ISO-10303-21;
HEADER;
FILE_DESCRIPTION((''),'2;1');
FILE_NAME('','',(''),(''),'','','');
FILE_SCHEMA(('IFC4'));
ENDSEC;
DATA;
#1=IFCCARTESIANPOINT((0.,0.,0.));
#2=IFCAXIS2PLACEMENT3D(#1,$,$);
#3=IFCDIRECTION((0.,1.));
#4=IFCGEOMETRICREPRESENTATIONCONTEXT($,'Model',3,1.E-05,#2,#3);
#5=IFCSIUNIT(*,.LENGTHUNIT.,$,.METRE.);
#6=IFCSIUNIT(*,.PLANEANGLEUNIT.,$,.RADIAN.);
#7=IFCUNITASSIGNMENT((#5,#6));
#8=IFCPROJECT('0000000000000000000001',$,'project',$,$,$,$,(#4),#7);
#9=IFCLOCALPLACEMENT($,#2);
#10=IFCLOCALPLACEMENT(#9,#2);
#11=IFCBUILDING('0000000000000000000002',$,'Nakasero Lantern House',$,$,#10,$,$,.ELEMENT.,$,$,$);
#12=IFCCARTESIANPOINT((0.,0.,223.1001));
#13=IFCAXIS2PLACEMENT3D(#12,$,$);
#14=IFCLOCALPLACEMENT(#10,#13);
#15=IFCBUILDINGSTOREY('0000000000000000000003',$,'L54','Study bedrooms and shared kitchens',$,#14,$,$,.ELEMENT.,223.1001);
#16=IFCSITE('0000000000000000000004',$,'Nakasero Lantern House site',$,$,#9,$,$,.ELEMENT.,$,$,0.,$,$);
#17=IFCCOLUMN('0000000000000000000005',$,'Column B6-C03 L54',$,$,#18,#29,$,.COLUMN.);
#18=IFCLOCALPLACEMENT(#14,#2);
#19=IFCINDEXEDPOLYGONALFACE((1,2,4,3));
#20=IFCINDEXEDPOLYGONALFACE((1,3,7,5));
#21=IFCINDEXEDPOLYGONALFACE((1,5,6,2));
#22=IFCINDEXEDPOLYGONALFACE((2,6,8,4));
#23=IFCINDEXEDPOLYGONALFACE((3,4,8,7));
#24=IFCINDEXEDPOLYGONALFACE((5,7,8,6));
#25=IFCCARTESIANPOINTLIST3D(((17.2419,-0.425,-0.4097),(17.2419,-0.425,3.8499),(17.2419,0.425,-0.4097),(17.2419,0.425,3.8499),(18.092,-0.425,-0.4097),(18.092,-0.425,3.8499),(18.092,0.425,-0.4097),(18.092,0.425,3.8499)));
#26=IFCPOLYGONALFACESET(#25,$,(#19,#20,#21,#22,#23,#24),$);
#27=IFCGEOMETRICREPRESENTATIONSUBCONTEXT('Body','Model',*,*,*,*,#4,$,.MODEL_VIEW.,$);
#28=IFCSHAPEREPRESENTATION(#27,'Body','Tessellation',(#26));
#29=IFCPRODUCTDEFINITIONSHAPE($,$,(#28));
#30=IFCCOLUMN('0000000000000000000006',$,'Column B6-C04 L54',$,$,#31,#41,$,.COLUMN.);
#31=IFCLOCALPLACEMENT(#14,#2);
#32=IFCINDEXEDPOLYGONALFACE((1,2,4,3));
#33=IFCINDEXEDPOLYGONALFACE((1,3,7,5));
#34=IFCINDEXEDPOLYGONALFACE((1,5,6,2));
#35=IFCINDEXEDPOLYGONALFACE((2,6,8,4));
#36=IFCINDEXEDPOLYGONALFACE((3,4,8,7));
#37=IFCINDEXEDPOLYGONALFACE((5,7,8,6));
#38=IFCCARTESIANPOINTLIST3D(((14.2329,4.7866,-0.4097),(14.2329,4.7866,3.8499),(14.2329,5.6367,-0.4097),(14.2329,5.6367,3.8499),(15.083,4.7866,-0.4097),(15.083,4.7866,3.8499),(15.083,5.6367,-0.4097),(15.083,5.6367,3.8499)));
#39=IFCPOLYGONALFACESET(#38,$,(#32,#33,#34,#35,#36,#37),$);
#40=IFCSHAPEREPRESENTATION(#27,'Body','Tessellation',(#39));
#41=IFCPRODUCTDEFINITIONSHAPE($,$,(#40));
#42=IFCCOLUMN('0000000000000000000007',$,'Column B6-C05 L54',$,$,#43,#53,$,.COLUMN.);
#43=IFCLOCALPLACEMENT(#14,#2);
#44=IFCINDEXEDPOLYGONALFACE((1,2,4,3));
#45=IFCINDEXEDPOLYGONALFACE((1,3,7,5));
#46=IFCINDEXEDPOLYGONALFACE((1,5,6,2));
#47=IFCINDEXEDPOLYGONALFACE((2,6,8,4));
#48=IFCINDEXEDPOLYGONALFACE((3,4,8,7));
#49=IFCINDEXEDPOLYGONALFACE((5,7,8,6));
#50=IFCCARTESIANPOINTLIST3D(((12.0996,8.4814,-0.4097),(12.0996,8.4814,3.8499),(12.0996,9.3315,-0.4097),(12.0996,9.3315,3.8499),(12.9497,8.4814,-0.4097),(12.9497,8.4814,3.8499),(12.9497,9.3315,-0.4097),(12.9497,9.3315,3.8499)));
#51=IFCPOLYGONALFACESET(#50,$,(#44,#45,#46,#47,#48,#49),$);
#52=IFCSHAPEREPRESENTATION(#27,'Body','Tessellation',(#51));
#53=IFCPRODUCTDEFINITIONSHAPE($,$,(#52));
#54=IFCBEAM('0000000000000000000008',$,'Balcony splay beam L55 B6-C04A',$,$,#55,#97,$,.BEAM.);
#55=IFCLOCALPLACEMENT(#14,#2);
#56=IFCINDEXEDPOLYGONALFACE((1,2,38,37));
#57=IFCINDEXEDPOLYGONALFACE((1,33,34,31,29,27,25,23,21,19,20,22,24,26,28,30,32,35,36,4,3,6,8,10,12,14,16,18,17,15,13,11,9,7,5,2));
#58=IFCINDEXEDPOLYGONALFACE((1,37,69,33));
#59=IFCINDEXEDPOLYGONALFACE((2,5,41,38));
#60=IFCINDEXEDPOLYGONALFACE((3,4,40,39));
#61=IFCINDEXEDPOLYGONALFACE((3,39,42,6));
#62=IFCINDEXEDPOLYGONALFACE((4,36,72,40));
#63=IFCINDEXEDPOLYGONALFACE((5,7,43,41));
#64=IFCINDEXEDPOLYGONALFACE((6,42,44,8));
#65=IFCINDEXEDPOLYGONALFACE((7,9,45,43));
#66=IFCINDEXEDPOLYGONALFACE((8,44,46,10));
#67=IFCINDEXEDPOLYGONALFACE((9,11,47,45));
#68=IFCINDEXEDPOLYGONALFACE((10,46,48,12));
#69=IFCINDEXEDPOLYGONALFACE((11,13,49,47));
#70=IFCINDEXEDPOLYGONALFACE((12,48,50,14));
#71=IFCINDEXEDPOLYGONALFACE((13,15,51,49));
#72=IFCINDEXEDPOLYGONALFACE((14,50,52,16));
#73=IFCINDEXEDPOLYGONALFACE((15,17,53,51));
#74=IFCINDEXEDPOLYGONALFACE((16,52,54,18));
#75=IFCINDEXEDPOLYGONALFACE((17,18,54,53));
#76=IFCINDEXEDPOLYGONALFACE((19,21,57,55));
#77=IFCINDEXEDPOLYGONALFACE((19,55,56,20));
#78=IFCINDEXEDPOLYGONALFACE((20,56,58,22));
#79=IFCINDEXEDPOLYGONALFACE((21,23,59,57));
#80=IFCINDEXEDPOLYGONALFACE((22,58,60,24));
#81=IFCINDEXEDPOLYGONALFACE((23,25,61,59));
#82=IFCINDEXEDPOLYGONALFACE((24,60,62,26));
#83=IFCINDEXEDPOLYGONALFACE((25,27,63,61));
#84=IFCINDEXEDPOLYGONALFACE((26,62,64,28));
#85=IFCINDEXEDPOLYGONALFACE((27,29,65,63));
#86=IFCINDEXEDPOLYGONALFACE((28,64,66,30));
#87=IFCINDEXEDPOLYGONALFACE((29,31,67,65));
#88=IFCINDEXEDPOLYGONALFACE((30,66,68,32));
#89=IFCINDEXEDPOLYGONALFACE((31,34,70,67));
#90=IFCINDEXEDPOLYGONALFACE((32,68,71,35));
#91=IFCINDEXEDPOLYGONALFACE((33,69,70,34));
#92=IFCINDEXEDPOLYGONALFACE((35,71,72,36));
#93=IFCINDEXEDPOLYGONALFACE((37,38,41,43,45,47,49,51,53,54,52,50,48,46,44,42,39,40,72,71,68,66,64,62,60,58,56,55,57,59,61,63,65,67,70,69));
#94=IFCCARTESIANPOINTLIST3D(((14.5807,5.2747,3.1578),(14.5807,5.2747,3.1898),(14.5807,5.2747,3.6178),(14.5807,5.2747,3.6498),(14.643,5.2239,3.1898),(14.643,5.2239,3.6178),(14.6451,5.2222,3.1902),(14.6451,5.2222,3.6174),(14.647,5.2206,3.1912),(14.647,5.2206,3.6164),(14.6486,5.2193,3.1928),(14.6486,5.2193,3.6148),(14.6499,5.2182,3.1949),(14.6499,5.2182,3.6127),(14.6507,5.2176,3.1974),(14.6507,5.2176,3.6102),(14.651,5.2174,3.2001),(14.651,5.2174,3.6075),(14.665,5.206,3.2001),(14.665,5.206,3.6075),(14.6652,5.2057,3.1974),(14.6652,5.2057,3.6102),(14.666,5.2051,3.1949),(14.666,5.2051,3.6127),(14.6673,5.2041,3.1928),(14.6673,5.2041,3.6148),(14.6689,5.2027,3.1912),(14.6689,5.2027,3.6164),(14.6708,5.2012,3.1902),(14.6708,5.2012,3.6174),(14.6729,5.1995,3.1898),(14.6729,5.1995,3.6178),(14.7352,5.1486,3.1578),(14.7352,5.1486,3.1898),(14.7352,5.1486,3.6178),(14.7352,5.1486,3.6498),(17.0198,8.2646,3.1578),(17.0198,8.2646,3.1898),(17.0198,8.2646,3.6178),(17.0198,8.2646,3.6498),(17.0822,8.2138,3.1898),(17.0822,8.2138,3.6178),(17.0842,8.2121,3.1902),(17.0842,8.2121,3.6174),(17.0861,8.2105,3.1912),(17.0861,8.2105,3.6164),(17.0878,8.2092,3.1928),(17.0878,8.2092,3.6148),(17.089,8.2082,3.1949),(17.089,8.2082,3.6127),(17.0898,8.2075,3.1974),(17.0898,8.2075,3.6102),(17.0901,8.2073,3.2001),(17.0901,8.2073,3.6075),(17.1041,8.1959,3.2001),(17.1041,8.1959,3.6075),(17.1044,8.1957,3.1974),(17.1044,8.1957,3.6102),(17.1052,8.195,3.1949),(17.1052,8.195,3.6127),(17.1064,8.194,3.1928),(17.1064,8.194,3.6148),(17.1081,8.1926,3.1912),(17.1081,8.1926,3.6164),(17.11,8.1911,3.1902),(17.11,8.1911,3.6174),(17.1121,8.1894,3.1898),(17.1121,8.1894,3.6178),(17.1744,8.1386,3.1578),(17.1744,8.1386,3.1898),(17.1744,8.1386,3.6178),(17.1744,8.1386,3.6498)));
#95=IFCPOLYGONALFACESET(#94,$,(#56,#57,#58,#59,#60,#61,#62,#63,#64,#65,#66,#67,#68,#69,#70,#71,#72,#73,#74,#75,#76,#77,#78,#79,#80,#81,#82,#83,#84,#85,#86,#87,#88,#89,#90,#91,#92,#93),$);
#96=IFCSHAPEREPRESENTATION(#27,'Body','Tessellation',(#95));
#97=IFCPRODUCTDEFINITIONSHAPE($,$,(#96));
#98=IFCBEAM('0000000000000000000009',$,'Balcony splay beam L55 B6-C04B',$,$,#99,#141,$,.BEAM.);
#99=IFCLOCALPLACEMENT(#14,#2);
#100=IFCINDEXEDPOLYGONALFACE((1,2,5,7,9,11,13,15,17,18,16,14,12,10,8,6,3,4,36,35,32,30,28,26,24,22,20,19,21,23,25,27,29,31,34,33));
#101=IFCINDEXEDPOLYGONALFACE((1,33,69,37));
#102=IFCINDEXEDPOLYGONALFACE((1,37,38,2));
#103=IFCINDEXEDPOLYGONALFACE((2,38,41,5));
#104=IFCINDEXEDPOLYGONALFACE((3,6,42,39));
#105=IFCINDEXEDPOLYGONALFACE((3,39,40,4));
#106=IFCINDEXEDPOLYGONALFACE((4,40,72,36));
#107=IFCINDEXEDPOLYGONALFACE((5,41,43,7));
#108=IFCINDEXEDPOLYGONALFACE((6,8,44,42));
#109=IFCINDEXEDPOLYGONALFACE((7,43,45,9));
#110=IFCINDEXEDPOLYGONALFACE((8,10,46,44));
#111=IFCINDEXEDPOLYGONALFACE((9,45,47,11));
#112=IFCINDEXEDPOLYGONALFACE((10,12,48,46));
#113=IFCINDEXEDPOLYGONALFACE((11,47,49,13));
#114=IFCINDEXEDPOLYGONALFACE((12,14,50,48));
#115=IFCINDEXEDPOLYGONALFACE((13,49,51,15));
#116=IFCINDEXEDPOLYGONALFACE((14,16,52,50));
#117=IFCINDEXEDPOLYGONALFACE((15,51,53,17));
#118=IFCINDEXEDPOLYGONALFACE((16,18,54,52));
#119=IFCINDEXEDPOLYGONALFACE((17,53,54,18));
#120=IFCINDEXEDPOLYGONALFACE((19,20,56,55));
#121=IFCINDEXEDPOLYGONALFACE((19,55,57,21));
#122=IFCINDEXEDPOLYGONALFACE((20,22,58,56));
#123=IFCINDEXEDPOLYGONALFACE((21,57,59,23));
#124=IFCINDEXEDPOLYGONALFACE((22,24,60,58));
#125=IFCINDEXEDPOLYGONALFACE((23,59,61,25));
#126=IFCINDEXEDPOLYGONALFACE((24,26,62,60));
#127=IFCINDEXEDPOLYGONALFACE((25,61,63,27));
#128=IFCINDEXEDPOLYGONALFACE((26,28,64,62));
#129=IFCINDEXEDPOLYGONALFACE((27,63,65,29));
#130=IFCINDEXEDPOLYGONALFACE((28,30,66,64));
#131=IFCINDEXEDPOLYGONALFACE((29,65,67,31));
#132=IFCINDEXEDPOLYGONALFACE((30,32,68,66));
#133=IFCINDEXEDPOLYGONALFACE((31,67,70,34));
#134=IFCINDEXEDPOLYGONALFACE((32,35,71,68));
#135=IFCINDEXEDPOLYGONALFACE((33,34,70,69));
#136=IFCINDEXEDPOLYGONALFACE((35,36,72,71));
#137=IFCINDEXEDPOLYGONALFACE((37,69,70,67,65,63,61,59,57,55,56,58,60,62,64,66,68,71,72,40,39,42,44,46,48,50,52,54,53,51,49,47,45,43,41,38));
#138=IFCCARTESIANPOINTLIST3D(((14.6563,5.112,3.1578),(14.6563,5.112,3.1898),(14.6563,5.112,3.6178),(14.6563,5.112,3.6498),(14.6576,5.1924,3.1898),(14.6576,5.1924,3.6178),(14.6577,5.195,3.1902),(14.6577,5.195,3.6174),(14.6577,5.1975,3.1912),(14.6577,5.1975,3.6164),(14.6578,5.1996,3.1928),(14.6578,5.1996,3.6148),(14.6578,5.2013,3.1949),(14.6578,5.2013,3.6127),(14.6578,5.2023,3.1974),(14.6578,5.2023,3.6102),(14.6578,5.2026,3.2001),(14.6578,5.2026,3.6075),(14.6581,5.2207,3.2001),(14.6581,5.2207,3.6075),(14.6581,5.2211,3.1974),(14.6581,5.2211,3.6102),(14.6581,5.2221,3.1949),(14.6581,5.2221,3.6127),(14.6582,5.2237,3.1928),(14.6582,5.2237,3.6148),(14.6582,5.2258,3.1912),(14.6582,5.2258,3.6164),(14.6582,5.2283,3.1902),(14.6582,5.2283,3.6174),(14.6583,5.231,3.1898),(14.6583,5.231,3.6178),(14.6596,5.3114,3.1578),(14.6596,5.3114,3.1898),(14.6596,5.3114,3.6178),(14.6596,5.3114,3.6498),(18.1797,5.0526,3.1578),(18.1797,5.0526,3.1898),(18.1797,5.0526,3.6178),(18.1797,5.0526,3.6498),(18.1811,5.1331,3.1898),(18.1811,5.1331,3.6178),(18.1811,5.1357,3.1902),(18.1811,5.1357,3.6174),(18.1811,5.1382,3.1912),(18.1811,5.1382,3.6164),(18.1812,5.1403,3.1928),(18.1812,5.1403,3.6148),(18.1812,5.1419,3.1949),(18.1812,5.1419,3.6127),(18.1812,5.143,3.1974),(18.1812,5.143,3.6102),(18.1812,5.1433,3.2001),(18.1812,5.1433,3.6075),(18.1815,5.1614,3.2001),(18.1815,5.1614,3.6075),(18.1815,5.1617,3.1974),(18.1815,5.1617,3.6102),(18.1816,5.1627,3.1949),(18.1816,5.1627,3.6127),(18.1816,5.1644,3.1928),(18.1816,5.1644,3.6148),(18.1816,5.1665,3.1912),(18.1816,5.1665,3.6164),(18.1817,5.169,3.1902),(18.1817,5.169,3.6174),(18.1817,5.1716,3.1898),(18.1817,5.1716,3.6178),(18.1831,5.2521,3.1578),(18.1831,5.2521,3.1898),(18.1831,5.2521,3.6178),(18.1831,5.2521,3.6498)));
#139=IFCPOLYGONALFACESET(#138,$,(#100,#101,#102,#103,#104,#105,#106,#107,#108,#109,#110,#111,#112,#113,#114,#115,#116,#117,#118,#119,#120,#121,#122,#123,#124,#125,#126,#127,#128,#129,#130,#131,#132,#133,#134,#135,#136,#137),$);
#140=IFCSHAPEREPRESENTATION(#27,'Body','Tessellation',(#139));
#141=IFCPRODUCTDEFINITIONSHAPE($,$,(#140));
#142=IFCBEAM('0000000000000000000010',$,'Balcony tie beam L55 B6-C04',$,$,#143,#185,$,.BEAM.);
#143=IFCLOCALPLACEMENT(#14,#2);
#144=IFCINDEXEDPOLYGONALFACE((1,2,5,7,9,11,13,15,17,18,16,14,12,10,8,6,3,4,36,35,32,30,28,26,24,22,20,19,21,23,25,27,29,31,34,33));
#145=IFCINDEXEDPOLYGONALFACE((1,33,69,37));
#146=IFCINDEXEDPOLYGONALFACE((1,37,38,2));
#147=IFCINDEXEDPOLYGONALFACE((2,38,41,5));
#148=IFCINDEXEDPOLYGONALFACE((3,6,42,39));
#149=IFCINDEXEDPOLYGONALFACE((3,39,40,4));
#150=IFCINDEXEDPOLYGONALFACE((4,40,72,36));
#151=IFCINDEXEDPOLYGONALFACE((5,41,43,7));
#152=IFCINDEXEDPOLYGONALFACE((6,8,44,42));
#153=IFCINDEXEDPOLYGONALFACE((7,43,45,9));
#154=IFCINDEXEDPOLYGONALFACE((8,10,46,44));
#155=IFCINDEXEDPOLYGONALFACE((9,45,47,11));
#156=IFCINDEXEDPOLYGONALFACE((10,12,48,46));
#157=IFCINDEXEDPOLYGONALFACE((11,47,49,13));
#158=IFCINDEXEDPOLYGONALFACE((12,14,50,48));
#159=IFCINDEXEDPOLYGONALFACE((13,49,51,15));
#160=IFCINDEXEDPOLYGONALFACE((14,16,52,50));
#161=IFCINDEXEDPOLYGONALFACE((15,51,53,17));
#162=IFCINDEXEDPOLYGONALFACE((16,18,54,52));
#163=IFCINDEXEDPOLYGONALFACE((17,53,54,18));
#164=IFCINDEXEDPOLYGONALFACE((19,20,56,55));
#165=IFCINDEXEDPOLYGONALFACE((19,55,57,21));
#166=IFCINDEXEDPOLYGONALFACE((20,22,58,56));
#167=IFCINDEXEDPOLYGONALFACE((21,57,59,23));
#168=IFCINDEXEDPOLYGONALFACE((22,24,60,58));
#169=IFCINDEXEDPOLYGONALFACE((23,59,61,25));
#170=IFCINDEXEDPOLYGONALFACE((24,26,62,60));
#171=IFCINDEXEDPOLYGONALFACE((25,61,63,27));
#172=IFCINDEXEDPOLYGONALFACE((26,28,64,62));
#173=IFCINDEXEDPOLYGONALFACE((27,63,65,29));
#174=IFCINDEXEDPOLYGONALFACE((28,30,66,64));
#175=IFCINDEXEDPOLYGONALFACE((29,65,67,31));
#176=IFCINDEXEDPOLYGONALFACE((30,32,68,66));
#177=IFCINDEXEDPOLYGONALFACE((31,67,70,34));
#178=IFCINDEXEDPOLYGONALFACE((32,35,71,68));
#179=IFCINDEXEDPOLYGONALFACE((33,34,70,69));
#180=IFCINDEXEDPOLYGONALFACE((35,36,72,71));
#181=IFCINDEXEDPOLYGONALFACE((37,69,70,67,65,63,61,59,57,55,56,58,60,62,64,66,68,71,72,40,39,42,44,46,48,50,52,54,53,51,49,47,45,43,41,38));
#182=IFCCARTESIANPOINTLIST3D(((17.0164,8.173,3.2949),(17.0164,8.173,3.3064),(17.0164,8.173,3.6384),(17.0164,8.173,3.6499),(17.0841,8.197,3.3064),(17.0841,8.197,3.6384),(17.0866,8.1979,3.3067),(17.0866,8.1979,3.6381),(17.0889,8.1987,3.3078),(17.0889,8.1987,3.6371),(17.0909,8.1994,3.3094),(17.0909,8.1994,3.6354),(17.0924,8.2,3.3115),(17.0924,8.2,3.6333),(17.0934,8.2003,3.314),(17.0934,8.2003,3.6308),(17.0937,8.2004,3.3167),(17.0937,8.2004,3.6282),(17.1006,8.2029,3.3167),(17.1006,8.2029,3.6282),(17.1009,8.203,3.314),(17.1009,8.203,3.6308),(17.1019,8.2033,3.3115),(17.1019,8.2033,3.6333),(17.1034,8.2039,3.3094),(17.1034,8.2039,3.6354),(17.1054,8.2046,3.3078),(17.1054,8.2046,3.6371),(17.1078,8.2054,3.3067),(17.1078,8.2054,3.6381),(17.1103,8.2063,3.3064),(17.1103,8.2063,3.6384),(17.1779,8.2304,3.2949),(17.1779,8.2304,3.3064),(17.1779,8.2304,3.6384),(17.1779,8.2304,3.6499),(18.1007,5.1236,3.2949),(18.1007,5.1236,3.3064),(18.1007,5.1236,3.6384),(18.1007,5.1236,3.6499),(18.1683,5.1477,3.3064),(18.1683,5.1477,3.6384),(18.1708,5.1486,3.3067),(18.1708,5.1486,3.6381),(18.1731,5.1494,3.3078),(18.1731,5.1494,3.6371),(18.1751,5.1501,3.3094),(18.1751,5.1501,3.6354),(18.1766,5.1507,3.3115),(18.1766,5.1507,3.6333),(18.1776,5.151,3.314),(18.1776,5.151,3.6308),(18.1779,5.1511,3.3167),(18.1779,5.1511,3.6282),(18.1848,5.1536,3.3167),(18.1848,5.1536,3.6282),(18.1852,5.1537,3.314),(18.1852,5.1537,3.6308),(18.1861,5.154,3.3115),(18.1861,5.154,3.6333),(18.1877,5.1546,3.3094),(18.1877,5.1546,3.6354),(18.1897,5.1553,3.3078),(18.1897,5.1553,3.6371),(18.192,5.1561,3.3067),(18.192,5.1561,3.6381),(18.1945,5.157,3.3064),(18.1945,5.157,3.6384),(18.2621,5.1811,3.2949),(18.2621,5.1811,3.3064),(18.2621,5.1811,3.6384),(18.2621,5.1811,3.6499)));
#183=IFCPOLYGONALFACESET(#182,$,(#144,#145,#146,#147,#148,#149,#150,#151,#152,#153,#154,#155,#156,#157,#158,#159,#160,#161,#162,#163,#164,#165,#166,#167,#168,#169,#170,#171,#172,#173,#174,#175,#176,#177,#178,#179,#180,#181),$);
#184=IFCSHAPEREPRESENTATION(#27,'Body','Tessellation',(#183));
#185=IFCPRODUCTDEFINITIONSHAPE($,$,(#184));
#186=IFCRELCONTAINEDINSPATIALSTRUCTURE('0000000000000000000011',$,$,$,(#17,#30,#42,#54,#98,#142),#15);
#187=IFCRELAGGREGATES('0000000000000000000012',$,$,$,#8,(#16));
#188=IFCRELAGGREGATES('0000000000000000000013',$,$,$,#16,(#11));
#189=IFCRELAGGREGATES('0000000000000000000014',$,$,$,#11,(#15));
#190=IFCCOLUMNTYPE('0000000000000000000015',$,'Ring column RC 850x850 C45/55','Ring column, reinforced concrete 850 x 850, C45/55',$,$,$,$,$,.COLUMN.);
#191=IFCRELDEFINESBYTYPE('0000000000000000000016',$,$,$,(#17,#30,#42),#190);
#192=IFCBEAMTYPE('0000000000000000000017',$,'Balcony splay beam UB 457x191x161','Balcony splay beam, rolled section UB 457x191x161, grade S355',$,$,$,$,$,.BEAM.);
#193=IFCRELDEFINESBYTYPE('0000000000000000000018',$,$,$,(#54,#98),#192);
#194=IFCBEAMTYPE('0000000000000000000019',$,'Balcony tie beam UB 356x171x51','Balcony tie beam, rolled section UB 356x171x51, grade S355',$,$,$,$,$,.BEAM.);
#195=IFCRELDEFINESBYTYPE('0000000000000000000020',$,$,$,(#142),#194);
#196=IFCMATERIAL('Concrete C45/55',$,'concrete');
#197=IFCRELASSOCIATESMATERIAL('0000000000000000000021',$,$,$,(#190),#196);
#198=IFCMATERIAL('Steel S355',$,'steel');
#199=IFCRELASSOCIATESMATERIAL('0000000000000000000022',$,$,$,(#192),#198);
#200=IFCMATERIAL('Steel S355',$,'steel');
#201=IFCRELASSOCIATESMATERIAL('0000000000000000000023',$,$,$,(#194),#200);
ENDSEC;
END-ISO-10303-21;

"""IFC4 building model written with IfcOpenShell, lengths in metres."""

from ifc_helpers import new_model, si_unit, direction, frame, origin, origin_2d, place, context, subcontext, project, spatial, rectangle, i_section, extrude, material, material_profile, profile_set, type_object, element, save


model = new_model("IFC4")

# Units and contexts
model_context = context("Model", 3, precision=1e-05, world=origin(), true_north=direction((0.0, 1.0)))
body_context = subcontext(model_context, "Body", "Model", "MODEL_VIEW")
ifc_project = project(units=[si_unit("LENGTHUNIT", "METRE"), si_unit("PLANEANGLEUNIT", "RADIAN")], contexts=[model_context])

# Site, building, storey
site_placement = place(None, origin())
site = spatial("IfcSite", under=ifc_project, at=site_placement, Name="Nakasero Lantern House site", CompositionType="ELEMENT", RefElevation=0.0)
building_placement = place(site_placement, origin())
building = spatial("IfcBuilding", under=site, at=building_placement, Name="Nakasero Lantern House", CompositionType="ELEMENT")
storey_placement = place(building_placement, frame((0.0, 0.0, 223.1001)))
storey = spatial("IfcBuildingStorey", under=building, at=storey_placement, Name="L54", Description="Study bedrooms and shared kitchens", CompositionType="ELEMENT", Elevation=223.1001)

# Columns
ifc_material_1 = material(Name="Concrete C45/55", Category="concrete")
ifc_material_profile_1 = material_profile(ifc_material_1, rectangle(XDim=0.8501, YDim=0.8501, at=origin_2d()), Name="RC 850x850")
ifc_profile_set_1 = profile_set([ifc_material_profile_1], Name="Concrete C45/55")
column_type = type_object("IfcColumnType", Name="Ring column RC 850x850 C45/55", Description="Ring column, reinforced concrete 850 x 850, C45/55", PredefinedType="COLUMN", material=ifc_profile_set_1)
for number, where, z_axis, x_axis, name in (
    (1, (17.667, 0.0, -0.4097), (0.0, 0.0, 1.0), (1.0, 0.0, 0.0), "Column B6-C03 L54"),
    (2, (14.658, 5.2117, -0.4097), (0.0, 0.0, 1.0), (1.0, 0.0, 0.0), "Column B6-C04 L54"),
    (3, (12.5247, 8.9065, -0.4097), (0.0, 0.0, 1.0), (1.0, 0.0, 0.0), "Column B6-C05 L54"),
):
    element("IfcColumn", number, at=place(storey_placement, frame(where, z_axis=z_axis, x_axis=x_axis)), inside=storey, type_object=column_type, Name=name, PredefinedType="COLUMN", context=body_context, shape_type="SweptSolid", body=[
        extrude(rectangle(XDim=0.8501, YDim=0.8501, at=origin_2d()), origin(), (0.0, 0.0, 1.0), 4.2595),
    ])

# Beams
ifc_material_2 = material(Name="Steel S355", Category="steel")
ifc_material_profile_2 = material_profile(ifc_material_2, i_section(OverallWidth=0.1995, OverallDepth=0.4919, WebThickness=0.0181, FlangeThickness=0.032, FilletRadius=0.0103, at=origin_2d()), Name="UB 457x191x161")
ifc_profile_set_2 = profile_set([ifc_material_profile_2], Name="Steel S355")
beam_type_1 = type_object("IfcBeamType", Name="Balcony splay beam UB 457x191x161", Description="Balcony splay beam, rolled section UB 457x191x161, grade S355", PredefinedType="BEAM", material=ifc_profile_set_2)
beam_1_placement = place(storey_placement, frame((14.658, 5.2117, 3.4038), z_axis=(0.632128, 0.774864, 0.0), x_axis=(-0.774864, 0.632128, 0.0)))
element("IfcBeam", 4, at=beam_1_placement, inside=storey, type_object=beam_type_1, Name="Balcony splay beam L55 B6-C04A", PredefinedType="BEAM", context=body_context, shape_type="SweptSolid", body=[
    extrude(i_section(OverallWidth=0.1995, OverallDepth=0.4919, WebThickness=0.0181, FlangeThickness=0.032, FilletRadius=0.0103, at=origin_2d()), origin(), (0.0, 0.0, 1.0), 3.8586),
])
beam_2_placement = place(storey_placement, frame((14.658, 5.2117, 3.4038), z_axis=(0.999858, -0.016835, 0.0), x_axis=(0.016835, 0.999858, 0.0)))
element("IfcBeam", 5, at=beam_2_placement, inside=storey, type_object=beam_type_1, Name="Balcony splay beam L55 B6-C04B", PredefinedType="BEAM", context=body_context, shape_type="SweptSolid", body=[
    extrude(i_section(OverallWidth=0.1995, OverallDepth=0.4919, WebThickness=0.0181, FlangeThickness=0.032, FilletRadius=0.0103, at=origin_2d()), origin(), (0.0, 0.0, 1.0), 3.5239),
])
ifc_material_3 = material(Name="Steel S355", Category="steel")
ifc_material_profile_3 = material_profile(ifc_material_3, i_section(OverallWidth=0.1714, OverallDepth=0.355, WebThickness=0.0073, FlangeThickness=0.0115, FilletRadius=0.0103, at=origin_2d()), Name="UB 356x171x51")
ifc_profile_set_3 = profile_set([ifc_material_profile_3], Name="Steel S355")
beam_type_2 = type_object("IfcBeamType", Name="Balcony tie beam UB 356x171x51", Description="Balcony tie beam, rolled section UB 356x171x51, grade S355", PredefinedType="BEAM", material=ifc_profile_set_3)
beam_3_placement = place(storey_placement, frame((17.0972, 8.2017, 3.4724), z_axis=(0.335017, -0.942212, 0.0), x_axis=(0.942212, 0.335017, 0.0)))
element("IfcBeam", 6, at=beam_3_placement, inside=storey, type_object=beam_type_2, Name="Balcony tie beam L55 B6-C04", PredefinedType="BEAM", context=body_context, shape_type="SweptSolid", body=[
    extrude(i_section(OverallWidth=0.1714, OverallDepth=0.355, WebThickness=0.0073, FlangeThickness=0.0115, FilletRadius=0.0103, at=origin_2d()), origin(), (0.0, 0.0, 1.0), 3.2363),
])

save(model, "model.ifc")
